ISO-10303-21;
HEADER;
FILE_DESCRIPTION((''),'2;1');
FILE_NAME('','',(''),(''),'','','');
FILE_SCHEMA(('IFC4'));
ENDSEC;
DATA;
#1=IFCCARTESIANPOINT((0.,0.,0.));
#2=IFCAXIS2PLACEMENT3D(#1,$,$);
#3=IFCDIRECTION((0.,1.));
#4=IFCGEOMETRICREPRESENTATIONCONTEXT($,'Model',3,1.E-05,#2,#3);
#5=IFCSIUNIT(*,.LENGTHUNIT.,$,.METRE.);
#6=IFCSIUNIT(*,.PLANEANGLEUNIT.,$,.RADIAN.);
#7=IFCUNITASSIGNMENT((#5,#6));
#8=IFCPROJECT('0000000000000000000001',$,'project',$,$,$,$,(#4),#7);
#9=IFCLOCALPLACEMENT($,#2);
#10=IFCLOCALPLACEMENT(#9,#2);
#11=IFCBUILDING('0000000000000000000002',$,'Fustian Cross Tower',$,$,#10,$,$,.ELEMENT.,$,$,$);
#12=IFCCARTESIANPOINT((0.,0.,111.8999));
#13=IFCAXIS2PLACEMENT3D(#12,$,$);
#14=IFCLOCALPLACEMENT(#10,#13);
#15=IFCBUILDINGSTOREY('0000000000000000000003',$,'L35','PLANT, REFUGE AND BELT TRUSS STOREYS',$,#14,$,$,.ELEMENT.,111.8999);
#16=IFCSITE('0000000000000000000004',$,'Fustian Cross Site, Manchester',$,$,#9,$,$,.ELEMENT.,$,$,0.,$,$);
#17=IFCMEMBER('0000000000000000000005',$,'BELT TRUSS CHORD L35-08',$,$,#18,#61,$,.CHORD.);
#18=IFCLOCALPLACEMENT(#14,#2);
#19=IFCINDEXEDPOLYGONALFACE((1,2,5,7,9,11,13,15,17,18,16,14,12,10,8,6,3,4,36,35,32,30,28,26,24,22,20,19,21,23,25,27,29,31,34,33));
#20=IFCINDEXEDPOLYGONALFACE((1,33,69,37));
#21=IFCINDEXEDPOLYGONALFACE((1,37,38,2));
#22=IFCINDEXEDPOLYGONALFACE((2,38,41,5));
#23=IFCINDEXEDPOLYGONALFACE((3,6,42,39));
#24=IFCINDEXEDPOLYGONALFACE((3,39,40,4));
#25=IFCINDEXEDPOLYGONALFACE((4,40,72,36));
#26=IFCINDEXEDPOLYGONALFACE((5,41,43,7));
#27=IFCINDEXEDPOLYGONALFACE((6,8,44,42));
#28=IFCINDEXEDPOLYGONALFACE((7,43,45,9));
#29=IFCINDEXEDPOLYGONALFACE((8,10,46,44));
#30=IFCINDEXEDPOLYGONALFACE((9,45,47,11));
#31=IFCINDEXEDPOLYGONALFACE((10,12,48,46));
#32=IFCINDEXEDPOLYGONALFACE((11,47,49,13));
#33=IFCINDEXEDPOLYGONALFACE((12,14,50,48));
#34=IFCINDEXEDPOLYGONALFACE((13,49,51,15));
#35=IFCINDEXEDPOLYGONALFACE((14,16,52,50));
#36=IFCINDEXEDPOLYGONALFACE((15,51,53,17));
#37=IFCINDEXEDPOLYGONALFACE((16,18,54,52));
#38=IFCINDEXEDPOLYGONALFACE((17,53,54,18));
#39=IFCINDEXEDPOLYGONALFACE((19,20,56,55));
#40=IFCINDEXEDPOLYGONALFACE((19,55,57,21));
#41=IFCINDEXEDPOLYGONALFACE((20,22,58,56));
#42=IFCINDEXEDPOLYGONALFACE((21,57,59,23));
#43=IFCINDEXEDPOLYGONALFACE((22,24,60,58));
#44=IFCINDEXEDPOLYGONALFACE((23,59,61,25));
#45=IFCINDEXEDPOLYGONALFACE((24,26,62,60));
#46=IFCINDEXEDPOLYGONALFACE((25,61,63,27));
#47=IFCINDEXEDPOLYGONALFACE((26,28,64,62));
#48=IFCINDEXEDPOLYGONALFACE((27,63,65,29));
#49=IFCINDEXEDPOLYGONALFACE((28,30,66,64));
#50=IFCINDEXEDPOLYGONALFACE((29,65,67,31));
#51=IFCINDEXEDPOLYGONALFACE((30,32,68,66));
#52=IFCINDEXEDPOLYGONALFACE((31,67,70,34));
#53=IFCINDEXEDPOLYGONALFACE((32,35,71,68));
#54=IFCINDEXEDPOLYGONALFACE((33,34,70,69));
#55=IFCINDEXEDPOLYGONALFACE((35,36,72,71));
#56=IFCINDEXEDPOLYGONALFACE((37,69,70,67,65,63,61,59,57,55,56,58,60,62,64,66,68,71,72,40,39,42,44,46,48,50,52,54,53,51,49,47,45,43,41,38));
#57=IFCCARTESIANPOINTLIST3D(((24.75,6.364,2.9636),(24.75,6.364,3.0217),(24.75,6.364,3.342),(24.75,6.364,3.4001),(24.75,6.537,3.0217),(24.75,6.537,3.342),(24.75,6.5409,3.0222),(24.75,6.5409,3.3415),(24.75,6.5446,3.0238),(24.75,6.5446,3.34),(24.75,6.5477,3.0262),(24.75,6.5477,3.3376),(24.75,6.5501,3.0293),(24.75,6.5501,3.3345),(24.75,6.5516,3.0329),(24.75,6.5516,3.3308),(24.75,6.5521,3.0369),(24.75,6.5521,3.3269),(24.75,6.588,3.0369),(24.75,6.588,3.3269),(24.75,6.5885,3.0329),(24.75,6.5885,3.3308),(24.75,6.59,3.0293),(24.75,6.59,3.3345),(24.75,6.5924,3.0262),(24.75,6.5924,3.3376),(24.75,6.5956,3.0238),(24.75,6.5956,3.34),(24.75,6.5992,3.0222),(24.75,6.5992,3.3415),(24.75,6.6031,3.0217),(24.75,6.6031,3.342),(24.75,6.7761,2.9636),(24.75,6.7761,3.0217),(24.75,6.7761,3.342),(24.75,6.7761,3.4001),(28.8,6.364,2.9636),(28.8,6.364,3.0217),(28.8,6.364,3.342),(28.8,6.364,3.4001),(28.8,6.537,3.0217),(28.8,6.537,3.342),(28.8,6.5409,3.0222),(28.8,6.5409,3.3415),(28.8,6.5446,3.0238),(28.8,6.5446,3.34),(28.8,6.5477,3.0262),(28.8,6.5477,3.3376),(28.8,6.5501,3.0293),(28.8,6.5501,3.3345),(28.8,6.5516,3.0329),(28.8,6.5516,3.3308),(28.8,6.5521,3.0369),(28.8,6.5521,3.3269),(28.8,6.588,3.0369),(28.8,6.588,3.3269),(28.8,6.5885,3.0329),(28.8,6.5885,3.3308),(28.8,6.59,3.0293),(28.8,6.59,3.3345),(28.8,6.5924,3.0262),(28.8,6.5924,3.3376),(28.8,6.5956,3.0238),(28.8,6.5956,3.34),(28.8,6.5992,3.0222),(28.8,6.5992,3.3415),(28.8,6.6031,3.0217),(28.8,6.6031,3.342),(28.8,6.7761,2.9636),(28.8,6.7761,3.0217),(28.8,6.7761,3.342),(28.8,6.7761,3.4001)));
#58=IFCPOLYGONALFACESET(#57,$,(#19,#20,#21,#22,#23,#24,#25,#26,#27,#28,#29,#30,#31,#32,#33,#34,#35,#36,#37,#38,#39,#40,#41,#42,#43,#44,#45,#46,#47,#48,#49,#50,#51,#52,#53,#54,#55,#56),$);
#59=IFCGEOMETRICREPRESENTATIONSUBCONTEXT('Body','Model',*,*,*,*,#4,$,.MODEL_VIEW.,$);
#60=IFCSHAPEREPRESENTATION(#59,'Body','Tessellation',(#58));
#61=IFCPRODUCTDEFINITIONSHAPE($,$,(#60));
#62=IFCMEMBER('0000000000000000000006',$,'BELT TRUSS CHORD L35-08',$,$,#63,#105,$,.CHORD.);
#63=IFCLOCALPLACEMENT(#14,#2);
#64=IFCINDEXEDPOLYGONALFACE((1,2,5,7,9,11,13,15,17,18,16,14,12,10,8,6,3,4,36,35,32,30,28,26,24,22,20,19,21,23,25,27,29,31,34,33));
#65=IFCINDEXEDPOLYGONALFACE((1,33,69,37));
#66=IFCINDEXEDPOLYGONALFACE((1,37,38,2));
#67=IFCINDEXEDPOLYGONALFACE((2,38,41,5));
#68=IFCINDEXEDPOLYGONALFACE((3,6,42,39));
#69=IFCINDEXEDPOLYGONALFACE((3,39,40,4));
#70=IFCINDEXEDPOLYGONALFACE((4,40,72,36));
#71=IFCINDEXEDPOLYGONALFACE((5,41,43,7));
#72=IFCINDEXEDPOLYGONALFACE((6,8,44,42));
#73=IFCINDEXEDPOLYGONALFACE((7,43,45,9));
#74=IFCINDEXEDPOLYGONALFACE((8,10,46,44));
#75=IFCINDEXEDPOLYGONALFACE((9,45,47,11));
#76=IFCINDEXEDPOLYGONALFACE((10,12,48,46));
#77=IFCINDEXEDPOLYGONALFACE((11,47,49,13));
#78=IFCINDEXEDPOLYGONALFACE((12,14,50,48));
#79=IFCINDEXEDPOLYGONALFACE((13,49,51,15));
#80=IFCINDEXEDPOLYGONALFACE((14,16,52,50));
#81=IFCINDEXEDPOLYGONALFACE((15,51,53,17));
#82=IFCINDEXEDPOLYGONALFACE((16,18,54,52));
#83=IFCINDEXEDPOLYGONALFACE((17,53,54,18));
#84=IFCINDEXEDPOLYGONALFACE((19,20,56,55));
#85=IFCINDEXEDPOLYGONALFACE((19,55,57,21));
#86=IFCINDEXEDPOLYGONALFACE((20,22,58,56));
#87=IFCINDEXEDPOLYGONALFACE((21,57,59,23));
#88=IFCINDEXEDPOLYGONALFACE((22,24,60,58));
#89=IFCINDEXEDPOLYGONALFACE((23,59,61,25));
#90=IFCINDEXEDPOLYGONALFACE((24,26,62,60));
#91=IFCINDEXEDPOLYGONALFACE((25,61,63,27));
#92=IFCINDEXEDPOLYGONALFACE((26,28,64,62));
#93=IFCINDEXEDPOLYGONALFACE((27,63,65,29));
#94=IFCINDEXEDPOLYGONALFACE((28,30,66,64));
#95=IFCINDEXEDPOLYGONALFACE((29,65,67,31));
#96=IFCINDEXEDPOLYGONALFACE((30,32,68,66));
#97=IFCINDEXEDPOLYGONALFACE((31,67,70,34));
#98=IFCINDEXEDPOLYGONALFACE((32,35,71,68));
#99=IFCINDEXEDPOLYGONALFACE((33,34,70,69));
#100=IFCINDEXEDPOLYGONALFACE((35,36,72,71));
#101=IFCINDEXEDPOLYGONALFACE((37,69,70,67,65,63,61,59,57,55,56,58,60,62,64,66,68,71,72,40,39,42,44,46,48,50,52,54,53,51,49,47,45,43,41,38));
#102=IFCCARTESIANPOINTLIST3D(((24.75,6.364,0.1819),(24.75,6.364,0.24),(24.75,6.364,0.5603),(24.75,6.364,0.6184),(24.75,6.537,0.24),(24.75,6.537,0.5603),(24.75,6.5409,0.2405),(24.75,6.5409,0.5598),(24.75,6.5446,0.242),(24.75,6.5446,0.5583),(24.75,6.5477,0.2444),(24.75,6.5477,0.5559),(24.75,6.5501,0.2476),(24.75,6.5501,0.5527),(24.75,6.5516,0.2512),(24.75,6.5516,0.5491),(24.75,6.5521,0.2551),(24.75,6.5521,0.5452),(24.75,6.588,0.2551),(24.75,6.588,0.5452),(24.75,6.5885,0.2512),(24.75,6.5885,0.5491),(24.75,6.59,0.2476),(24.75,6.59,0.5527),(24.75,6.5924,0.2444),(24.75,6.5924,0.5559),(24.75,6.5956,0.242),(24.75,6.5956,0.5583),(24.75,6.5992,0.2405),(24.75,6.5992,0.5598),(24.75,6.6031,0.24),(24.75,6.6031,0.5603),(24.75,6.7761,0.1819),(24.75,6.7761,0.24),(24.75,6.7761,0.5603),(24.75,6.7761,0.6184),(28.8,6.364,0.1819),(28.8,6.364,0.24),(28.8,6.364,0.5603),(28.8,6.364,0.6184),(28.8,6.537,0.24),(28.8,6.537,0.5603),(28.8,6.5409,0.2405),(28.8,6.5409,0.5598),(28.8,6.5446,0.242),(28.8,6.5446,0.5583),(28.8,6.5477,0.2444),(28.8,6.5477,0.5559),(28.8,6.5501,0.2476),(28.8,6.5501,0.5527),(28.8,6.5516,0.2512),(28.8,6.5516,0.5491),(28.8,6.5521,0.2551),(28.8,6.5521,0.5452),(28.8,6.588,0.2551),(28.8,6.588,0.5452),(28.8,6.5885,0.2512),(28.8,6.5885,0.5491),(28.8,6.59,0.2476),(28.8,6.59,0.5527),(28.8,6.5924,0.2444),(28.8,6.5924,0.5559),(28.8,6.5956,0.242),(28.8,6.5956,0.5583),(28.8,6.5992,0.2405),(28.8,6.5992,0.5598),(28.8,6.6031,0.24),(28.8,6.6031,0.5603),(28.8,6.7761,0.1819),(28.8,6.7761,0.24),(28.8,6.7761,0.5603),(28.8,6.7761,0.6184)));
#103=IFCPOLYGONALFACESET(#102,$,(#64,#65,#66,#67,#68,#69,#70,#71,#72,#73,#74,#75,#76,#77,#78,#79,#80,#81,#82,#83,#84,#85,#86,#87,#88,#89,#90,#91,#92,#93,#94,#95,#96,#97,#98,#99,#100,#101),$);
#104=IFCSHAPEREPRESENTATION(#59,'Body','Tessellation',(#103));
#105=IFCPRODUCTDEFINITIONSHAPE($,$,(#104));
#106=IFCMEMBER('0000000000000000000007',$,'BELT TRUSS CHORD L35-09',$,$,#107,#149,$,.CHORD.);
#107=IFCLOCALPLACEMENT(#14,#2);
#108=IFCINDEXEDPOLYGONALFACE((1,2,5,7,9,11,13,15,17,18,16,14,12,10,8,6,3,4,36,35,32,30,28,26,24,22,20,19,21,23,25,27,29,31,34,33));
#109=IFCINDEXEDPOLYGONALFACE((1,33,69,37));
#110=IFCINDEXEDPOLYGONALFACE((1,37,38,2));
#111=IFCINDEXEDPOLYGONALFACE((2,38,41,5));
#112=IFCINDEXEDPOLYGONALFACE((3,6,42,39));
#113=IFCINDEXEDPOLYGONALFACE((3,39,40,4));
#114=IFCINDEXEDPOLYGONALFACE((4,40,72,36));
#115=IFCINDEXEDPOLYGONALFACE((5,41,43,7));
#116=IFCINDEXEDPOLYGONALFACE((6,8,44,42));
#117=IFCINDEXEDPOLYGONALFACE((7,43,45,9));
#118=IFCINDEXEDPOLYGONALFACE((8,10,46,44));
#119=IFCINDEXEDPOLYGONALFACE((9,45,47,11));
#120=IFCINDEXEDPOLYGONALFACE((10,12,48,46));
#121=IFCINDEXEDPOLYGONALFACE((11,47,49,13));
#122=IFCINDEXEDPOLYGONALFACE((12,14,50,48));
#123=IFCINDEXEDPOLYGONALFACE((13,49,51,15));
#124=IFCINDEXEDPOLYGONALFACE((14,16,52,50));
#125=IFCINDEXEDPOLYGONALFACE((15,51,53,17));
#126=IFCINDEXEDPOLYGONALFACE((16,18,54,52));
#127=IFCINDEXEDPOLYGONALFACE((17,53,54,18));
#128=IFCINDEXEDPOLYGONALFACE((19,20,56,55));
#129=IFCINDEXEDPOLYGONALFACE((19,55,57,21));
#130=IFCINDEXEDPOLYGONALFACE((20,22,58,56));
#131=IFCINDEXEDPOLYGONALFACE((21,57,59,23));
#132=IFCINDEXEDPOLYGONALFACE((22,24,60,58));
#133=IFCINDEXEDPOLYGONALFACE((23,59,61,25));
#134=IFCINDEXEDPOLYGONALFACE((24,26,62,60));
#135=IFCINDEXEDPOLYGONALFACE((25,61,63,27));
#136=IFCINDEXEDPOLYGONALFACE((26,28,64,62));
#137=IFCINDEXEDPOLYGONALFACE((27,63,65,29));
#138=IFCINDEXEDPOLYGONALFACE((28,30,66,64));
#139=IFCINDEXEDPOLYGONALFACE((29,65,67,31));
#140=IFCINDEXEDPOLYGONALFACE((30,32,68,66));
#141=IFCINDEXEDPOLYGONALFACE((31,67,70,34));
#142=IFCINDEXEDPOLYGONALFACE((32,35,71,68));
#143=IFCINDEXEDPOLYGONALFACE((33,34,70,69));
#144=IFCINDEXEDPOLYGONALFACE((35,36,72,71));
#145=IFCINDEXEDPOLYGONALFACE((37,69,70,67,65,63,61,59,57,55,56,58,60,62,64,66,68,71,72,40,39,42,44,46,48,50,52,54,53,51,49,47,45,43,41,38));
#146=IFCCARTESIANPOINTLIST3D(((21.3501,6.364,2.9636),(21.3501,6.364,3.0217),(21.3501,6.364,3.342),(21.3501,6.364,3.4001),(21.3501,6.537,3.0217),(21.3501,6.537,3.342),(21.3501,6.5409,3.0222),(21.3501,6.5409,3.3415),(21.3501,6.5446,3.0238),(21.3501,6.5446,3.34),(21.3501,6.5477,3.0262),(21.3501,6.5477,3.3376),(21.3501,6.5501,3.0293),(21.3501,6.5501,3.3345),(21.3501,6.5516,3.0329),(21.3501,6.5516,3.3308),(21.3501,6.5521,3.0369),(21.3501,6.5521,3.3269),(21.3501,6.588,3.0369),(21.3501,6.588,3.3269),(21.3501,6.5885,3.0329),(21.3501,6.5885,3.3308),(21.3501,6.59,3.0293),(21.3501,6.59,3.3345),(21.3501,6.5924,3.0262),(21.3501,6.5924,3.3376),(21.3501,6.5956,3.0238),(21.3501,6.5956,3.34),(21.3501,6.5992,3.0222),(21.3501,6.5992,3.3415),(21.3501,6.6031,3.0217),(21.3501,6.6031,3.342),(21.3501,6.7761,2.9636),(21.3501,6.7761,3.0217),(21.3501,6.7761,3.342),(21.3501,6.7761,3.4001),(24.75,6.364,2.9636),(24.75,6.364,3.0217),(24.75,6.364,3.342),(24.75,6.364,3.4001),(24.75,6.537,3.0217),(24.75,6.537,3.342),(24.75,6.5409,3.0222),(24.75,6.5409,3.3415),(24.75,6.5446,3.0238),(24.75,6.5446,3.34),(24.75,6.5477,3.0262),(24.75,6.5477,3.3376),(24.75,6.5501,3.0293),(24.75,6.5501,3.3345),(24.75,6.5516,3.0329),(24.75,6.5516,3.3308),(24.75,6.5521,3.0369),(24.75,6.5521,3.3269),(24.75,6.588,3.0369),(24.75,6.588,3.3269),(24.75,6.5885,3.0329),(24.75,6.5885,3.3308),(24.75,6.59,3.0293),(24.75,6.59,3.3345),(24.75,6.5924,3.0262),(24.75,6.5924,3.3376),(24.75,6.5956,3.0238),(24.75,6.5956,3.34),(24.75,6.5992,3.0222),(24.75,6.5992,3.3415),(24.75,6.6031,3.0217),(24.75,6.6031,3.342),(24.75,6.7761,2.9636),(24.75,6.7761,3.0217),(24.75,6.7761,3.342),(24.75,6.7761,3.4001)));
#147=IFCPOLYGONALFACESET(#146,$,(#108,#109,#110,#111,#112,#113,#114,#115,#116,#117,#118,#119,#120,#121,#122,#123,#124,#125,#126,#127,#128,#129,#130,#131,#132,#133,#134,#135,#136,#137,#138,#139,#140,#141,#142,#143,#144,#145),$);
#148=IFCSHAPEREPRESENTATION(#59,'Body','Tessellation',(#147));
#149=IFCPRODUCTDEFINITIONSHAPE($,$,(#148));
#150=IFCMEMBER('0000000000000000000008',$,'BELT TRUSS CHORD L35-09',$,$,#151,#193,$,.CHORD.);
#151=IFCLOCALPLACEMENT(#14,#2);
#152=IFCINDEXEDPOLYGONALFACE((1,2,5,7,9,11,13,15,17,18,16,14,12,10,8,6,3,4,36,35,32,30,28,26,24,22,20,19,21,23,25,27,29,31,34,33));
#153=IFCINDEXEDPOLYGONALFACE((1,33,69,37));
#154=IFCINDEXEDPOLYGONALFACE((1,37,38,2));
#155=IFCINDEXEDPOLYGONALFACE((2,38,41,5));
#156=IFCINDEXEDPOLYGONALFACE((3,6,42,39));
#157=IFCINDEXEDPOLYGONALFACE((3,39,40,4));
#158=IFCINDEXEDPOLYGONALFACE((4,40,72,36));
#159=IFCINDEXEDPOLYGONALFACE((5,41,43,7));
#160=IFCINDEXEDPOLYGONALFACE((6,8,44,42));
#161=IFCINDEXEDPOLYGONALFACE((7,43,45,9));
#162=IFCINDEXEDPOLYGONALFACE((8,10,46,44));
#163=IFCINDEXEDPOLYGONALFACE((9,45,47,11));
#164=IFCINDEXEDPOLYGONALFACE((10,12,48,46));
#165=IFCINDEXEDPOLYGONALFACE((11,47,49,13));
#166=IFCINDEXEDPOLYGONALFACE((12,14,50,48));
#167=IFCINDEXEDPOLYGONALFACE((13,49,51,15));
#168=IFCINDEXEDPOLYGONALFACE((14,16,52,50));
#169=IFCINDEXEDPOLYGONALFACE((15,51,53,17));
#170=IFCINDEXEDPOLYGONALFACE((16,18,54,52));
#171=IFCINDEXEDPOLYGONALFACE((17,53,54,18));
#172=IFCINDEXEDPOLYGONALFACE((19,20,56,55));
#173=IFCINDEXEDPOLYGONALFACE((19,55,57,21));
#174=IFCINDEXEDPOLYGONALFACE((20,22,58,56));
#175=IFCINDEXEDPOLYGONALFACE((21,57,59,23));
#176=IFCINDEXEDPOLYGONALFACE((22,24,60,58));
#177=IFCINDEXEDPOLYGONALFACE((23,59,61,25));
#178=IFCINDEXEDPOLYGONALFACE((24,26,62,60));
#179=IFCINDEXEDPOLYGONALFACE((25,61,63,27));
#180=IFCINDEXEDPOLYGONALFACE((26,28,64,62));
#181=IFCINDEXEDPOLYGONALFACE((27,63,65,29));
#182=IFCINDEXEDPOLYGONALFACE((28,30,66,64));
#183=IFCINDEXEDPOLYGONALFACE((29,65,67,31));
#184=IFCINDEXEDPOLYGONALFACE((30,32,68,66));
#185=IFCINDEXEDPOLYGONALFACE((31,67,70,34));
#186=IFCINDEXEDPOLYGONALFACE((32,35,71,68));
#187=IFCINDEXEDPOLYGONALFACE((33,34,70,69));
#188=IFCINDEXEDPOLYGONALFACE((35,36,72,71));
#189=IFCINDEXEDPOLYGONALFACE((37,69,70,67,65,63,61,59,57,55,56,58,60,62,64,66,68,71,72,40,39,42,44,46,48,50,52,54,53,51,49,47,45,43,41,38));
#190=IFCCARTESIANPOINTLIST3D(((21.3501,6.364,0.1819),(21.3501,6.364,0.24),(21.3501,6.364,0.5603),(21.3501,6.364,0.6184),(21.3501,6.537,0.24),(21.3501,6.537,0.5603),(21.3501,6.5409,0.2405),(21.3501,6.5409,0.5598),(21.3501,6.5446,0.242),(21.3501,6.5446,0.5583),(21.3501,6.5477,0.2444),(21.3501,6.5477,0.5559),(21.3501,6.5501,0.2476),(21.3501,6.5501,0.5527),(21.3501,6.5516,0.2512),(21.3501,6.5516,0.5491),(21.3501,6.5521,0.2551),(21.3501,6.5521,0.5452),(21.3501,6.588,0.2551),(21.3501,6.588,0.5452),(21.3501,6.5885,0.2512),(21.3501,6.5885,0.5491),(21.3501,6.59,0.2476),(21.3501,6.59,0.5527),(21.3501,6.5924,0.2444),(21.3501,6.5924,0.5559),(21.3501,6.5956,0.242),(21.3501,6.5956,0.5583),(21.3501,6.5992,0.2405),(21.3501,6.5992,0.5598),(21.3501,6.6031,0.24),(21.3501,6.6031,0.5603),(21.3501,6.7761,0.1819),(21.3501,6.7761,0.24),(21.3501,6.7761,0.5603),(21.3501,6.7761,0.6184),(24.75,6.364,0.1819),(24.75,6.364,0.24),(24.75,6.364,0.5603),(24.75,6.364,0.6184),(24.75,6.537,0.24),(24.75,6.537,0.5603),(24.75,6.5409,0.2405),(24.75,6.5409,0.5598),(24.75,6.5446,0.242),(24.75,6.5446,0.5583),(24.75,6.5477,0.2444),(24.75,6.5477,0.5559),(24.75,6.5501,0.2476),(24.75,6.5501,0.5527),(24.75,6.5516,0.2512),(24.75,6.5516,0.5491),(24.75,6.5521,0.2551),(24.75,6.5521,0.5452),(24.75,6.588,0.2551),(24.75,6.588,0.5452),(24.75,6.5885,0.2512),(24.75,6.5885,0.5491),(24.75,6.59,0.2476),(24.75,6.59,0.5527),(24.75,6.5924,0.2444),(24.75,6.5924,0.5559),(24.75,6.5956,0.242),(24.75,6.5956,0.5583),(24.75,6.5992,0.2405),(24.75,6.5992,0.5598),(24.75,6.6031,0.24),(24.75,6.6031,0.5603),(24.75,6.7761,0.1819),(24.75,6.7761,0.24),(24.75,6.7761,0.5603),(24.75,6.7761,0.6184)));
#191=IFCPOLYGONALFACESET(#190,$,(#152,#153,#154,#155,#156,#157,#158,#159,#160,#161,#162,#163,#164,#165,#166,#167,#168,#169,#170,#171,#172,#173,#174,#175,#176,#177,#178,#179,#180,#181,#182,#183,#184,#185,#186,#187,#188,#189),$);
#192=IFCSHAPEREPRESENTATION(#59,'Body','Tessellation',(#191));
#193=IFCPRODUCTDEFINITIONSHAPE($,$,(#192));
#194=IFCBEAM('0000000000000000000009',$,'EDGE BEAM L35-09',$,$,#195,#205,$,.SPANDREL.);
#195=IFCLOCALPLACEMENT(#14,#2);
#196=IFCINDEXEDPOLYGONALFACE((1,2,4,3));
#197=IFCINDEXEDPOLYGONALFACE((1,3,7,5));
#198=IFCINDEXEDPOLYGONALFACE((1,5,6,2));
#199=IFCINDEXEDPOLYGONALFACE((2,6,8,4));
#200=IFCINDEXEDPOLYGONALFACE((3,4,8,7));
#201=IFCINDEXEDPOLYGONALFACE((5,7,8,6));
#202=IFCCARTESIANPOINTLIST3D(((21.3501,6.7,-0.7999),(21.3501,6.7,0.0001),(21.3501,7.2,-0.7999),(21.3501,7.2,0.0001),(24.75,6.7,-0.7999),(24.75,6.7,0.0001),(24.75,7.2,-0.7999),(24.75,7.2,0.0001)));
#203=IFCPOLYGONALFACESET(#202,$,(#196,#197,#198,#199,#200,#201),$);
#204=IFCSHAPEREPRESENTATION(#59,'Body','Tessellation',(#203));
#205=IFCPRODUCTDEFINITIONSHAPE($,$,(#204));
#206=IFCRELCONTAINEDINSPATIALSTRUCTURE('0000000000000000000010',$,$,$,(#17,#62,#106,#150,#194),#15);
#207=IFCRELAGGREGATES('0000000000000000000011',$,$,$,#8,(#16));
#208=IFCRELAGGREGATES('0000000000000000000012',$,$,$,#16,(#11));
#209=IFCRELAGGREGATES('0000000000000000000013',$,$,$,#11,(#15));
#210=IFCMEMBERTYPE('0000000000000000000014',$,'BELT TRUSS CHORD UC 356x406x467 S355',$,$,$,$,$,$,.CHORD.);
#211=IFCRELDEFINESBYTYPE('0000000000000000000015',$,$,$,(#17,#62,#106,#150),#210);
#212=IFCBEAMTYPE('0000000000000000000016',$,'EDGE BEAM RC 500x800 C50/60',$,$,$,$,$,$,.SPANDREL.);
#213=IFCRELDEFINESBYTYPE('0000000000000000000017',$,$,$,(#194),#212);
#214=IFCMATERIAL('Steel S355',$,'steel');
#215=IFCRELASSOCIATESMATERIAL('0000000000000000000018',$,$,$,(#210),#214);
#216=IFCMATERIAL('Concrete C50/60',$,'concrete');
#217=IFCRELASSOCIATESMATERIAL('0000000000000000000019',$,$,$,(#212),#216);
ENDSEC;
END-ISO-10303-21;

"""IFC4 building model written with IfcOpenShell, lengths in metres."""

from ifc_helpers import new_model, si_unit, direction, frame, origin, origin_2d, place, context, subcontext, project, spatial, rectangle, i_section, extrude, material, material_profile, profile_set, type_object, element, save


model = new_model("IFC4")

# Units and contexts
model_context = context("Model", 3, precision=1e-05, world=origin(), true_north=direction((0.0, 1.0)))
body_context = subcontext(model_context, "Body", "Model", "MODEL_VIEW")
ifc_project = project(units=[si_unit("LENGTHUNIT", "METRE"), si_unit("PLANEANGLEUNIT", "RADIAN")], contexts=[model_context])

# Site, building, storey
site_placement = place(None, origin())
site = spatial("IfcSite", under=ifc_project, at=site_placement, Name="Fustian Cross Site, Manchester", CompositionType="ELEMENT", RefElevation=0.0)
building_placement = place(site_placement, origin())
building = spatial("IfcBuilding", under=site, at=building_placement, Name="Fustian Cross Tower", CompositionType="ELEMENT")
storey_placement = place(building_placement, frame((0.0, 0.0, 111.8999)))
storey = spatial("IfcBuildingStorey", under=building, at=storey_placement, Name="L35", Description="PLANT, REFUGE AND BELT TRUSS STOREYS", CompositionType="ELEMENT", Elevation=111.8999)

# Members
ifc_material_1 = material(Name="Steel S355", Category="steel")
ifc_material_profile_1 = material_profile(ifc_material_1, i_section(OverallWidth=0.4121, OverallDepth=0.4365, WebThickness=0.0359, FlangeThickness=0.0581, FilletRadius=0.0151, at=origin_2d()), Name="UC 356x406x467")
ifc_profile_set_1 = profile_set([ifc_material_profile_1], Name="Steel S355")
member_type_1 = type_object("IfcMemberType", Name="BELT TRUSS CHORD UC 356x406x467 S355", PredefinedType="CHORD", material=ifc_profile_set_1)
for number, where, z_axis, x_axis, name in (
    (1, (28.8, 6.5701, 3.1819), (-1.0, 0.0, 0.0), (0.0, -1.0, 0.0), "BELT TRUSS CHORD L35-08"),
    (2, (28.8, 6.5701, 0.4001), (-1.0, 0.0, 0.0), (0.0, -1.0, 0.0), "BELT TRUSS CHORD L35-08"),
):
    element("IfcMember", number, at=place(storey_placement, frame(where, z_axis=z_axis, x_axis=x_axis)), inside=storey, type_object=member_type_1, Name=name, PredefinedType="CHORD", context=body_context, shape_type="SweptSolid", body=[
        extrude(i_section(OverallWidth=0.4121, OverallDepth=0.4365, WebThickness=0.0359, FlangeThickness=0.0581, FilletRadius=0.0151, at=origin_2d()), origin(), (0.0, 0.0, 1.0), 4.05),
    ])
for number, where, z_axis, x_axis, name in (
    (3, (24.75, 6.5701, 3.1819), (-1.0, 0.0, 0.0), (0.0, -1.0, 0.0), "BELT TRUSS CHORD L35-09"),
    (4, (24.75, 6.5701, 0.4001), (-1.0, 0.0, 0.0), (0.0, -1.0, 0.0), "BELT TRUSS CHORD L35-09"),
):
    element("IfcMember", number, at=place(storey_placement, frame(where, z_axis=z_axis, x_axis=x_axis)), inside=storey, type_object=member_type_1, Name=name, PredefinedType="CHORD", context=body_context, shape_type="SweptSolid", body=[
        extrude(i_section(OverallWidth=0.4121, OverallDepth=0.4365, WebThickness=0.0359, FlangeThickness=0.0581, FilletRadius=0.0151, at=origin_2d()), origin(), (0.0, 0.0, 1.0), 3.3999),
    ])

# Beam
ifc_material_2 = material(Name="Concrete C50/60", Category="concrete")
ifc_material_profile_2 = material_profile(ifc_material_2, rectangle(XDim=0.5, YDim=0.8, at=origin_2d()), Name="RC 500x800")
ifc_profile_set_2 = profile_set([ifc_material_profile_2], Name="Concrete C50/60")
beam_type = type_object("IfcBeamType", Name="EDGE BEAM RC 500x800 C50/60", PredefinedType="SPANDREL", material=ifc_profile_set_2)
beam_placement = place(storey_placement, frame((24.75, 6.95, -0.3999), z_axis=(-1.0, 0.0, 0.0), x_axis=(0.0, -1.0, 0.0)))
element("IfcBeam", 5, at=beam_placement, inside=storey, type_object=beam_type, Name="EDGE BEAM L35-09", PredefinedType="SPANDREL", context=body_context, shape_type="SweptSolid", body=[
    extrude(rectangle(XDim=0.5, YDim=0.8, at=origin_2d()), origin(), (0.0, 0.0, 1.0), 3.3999),
])

save(model, "model.ifc")
